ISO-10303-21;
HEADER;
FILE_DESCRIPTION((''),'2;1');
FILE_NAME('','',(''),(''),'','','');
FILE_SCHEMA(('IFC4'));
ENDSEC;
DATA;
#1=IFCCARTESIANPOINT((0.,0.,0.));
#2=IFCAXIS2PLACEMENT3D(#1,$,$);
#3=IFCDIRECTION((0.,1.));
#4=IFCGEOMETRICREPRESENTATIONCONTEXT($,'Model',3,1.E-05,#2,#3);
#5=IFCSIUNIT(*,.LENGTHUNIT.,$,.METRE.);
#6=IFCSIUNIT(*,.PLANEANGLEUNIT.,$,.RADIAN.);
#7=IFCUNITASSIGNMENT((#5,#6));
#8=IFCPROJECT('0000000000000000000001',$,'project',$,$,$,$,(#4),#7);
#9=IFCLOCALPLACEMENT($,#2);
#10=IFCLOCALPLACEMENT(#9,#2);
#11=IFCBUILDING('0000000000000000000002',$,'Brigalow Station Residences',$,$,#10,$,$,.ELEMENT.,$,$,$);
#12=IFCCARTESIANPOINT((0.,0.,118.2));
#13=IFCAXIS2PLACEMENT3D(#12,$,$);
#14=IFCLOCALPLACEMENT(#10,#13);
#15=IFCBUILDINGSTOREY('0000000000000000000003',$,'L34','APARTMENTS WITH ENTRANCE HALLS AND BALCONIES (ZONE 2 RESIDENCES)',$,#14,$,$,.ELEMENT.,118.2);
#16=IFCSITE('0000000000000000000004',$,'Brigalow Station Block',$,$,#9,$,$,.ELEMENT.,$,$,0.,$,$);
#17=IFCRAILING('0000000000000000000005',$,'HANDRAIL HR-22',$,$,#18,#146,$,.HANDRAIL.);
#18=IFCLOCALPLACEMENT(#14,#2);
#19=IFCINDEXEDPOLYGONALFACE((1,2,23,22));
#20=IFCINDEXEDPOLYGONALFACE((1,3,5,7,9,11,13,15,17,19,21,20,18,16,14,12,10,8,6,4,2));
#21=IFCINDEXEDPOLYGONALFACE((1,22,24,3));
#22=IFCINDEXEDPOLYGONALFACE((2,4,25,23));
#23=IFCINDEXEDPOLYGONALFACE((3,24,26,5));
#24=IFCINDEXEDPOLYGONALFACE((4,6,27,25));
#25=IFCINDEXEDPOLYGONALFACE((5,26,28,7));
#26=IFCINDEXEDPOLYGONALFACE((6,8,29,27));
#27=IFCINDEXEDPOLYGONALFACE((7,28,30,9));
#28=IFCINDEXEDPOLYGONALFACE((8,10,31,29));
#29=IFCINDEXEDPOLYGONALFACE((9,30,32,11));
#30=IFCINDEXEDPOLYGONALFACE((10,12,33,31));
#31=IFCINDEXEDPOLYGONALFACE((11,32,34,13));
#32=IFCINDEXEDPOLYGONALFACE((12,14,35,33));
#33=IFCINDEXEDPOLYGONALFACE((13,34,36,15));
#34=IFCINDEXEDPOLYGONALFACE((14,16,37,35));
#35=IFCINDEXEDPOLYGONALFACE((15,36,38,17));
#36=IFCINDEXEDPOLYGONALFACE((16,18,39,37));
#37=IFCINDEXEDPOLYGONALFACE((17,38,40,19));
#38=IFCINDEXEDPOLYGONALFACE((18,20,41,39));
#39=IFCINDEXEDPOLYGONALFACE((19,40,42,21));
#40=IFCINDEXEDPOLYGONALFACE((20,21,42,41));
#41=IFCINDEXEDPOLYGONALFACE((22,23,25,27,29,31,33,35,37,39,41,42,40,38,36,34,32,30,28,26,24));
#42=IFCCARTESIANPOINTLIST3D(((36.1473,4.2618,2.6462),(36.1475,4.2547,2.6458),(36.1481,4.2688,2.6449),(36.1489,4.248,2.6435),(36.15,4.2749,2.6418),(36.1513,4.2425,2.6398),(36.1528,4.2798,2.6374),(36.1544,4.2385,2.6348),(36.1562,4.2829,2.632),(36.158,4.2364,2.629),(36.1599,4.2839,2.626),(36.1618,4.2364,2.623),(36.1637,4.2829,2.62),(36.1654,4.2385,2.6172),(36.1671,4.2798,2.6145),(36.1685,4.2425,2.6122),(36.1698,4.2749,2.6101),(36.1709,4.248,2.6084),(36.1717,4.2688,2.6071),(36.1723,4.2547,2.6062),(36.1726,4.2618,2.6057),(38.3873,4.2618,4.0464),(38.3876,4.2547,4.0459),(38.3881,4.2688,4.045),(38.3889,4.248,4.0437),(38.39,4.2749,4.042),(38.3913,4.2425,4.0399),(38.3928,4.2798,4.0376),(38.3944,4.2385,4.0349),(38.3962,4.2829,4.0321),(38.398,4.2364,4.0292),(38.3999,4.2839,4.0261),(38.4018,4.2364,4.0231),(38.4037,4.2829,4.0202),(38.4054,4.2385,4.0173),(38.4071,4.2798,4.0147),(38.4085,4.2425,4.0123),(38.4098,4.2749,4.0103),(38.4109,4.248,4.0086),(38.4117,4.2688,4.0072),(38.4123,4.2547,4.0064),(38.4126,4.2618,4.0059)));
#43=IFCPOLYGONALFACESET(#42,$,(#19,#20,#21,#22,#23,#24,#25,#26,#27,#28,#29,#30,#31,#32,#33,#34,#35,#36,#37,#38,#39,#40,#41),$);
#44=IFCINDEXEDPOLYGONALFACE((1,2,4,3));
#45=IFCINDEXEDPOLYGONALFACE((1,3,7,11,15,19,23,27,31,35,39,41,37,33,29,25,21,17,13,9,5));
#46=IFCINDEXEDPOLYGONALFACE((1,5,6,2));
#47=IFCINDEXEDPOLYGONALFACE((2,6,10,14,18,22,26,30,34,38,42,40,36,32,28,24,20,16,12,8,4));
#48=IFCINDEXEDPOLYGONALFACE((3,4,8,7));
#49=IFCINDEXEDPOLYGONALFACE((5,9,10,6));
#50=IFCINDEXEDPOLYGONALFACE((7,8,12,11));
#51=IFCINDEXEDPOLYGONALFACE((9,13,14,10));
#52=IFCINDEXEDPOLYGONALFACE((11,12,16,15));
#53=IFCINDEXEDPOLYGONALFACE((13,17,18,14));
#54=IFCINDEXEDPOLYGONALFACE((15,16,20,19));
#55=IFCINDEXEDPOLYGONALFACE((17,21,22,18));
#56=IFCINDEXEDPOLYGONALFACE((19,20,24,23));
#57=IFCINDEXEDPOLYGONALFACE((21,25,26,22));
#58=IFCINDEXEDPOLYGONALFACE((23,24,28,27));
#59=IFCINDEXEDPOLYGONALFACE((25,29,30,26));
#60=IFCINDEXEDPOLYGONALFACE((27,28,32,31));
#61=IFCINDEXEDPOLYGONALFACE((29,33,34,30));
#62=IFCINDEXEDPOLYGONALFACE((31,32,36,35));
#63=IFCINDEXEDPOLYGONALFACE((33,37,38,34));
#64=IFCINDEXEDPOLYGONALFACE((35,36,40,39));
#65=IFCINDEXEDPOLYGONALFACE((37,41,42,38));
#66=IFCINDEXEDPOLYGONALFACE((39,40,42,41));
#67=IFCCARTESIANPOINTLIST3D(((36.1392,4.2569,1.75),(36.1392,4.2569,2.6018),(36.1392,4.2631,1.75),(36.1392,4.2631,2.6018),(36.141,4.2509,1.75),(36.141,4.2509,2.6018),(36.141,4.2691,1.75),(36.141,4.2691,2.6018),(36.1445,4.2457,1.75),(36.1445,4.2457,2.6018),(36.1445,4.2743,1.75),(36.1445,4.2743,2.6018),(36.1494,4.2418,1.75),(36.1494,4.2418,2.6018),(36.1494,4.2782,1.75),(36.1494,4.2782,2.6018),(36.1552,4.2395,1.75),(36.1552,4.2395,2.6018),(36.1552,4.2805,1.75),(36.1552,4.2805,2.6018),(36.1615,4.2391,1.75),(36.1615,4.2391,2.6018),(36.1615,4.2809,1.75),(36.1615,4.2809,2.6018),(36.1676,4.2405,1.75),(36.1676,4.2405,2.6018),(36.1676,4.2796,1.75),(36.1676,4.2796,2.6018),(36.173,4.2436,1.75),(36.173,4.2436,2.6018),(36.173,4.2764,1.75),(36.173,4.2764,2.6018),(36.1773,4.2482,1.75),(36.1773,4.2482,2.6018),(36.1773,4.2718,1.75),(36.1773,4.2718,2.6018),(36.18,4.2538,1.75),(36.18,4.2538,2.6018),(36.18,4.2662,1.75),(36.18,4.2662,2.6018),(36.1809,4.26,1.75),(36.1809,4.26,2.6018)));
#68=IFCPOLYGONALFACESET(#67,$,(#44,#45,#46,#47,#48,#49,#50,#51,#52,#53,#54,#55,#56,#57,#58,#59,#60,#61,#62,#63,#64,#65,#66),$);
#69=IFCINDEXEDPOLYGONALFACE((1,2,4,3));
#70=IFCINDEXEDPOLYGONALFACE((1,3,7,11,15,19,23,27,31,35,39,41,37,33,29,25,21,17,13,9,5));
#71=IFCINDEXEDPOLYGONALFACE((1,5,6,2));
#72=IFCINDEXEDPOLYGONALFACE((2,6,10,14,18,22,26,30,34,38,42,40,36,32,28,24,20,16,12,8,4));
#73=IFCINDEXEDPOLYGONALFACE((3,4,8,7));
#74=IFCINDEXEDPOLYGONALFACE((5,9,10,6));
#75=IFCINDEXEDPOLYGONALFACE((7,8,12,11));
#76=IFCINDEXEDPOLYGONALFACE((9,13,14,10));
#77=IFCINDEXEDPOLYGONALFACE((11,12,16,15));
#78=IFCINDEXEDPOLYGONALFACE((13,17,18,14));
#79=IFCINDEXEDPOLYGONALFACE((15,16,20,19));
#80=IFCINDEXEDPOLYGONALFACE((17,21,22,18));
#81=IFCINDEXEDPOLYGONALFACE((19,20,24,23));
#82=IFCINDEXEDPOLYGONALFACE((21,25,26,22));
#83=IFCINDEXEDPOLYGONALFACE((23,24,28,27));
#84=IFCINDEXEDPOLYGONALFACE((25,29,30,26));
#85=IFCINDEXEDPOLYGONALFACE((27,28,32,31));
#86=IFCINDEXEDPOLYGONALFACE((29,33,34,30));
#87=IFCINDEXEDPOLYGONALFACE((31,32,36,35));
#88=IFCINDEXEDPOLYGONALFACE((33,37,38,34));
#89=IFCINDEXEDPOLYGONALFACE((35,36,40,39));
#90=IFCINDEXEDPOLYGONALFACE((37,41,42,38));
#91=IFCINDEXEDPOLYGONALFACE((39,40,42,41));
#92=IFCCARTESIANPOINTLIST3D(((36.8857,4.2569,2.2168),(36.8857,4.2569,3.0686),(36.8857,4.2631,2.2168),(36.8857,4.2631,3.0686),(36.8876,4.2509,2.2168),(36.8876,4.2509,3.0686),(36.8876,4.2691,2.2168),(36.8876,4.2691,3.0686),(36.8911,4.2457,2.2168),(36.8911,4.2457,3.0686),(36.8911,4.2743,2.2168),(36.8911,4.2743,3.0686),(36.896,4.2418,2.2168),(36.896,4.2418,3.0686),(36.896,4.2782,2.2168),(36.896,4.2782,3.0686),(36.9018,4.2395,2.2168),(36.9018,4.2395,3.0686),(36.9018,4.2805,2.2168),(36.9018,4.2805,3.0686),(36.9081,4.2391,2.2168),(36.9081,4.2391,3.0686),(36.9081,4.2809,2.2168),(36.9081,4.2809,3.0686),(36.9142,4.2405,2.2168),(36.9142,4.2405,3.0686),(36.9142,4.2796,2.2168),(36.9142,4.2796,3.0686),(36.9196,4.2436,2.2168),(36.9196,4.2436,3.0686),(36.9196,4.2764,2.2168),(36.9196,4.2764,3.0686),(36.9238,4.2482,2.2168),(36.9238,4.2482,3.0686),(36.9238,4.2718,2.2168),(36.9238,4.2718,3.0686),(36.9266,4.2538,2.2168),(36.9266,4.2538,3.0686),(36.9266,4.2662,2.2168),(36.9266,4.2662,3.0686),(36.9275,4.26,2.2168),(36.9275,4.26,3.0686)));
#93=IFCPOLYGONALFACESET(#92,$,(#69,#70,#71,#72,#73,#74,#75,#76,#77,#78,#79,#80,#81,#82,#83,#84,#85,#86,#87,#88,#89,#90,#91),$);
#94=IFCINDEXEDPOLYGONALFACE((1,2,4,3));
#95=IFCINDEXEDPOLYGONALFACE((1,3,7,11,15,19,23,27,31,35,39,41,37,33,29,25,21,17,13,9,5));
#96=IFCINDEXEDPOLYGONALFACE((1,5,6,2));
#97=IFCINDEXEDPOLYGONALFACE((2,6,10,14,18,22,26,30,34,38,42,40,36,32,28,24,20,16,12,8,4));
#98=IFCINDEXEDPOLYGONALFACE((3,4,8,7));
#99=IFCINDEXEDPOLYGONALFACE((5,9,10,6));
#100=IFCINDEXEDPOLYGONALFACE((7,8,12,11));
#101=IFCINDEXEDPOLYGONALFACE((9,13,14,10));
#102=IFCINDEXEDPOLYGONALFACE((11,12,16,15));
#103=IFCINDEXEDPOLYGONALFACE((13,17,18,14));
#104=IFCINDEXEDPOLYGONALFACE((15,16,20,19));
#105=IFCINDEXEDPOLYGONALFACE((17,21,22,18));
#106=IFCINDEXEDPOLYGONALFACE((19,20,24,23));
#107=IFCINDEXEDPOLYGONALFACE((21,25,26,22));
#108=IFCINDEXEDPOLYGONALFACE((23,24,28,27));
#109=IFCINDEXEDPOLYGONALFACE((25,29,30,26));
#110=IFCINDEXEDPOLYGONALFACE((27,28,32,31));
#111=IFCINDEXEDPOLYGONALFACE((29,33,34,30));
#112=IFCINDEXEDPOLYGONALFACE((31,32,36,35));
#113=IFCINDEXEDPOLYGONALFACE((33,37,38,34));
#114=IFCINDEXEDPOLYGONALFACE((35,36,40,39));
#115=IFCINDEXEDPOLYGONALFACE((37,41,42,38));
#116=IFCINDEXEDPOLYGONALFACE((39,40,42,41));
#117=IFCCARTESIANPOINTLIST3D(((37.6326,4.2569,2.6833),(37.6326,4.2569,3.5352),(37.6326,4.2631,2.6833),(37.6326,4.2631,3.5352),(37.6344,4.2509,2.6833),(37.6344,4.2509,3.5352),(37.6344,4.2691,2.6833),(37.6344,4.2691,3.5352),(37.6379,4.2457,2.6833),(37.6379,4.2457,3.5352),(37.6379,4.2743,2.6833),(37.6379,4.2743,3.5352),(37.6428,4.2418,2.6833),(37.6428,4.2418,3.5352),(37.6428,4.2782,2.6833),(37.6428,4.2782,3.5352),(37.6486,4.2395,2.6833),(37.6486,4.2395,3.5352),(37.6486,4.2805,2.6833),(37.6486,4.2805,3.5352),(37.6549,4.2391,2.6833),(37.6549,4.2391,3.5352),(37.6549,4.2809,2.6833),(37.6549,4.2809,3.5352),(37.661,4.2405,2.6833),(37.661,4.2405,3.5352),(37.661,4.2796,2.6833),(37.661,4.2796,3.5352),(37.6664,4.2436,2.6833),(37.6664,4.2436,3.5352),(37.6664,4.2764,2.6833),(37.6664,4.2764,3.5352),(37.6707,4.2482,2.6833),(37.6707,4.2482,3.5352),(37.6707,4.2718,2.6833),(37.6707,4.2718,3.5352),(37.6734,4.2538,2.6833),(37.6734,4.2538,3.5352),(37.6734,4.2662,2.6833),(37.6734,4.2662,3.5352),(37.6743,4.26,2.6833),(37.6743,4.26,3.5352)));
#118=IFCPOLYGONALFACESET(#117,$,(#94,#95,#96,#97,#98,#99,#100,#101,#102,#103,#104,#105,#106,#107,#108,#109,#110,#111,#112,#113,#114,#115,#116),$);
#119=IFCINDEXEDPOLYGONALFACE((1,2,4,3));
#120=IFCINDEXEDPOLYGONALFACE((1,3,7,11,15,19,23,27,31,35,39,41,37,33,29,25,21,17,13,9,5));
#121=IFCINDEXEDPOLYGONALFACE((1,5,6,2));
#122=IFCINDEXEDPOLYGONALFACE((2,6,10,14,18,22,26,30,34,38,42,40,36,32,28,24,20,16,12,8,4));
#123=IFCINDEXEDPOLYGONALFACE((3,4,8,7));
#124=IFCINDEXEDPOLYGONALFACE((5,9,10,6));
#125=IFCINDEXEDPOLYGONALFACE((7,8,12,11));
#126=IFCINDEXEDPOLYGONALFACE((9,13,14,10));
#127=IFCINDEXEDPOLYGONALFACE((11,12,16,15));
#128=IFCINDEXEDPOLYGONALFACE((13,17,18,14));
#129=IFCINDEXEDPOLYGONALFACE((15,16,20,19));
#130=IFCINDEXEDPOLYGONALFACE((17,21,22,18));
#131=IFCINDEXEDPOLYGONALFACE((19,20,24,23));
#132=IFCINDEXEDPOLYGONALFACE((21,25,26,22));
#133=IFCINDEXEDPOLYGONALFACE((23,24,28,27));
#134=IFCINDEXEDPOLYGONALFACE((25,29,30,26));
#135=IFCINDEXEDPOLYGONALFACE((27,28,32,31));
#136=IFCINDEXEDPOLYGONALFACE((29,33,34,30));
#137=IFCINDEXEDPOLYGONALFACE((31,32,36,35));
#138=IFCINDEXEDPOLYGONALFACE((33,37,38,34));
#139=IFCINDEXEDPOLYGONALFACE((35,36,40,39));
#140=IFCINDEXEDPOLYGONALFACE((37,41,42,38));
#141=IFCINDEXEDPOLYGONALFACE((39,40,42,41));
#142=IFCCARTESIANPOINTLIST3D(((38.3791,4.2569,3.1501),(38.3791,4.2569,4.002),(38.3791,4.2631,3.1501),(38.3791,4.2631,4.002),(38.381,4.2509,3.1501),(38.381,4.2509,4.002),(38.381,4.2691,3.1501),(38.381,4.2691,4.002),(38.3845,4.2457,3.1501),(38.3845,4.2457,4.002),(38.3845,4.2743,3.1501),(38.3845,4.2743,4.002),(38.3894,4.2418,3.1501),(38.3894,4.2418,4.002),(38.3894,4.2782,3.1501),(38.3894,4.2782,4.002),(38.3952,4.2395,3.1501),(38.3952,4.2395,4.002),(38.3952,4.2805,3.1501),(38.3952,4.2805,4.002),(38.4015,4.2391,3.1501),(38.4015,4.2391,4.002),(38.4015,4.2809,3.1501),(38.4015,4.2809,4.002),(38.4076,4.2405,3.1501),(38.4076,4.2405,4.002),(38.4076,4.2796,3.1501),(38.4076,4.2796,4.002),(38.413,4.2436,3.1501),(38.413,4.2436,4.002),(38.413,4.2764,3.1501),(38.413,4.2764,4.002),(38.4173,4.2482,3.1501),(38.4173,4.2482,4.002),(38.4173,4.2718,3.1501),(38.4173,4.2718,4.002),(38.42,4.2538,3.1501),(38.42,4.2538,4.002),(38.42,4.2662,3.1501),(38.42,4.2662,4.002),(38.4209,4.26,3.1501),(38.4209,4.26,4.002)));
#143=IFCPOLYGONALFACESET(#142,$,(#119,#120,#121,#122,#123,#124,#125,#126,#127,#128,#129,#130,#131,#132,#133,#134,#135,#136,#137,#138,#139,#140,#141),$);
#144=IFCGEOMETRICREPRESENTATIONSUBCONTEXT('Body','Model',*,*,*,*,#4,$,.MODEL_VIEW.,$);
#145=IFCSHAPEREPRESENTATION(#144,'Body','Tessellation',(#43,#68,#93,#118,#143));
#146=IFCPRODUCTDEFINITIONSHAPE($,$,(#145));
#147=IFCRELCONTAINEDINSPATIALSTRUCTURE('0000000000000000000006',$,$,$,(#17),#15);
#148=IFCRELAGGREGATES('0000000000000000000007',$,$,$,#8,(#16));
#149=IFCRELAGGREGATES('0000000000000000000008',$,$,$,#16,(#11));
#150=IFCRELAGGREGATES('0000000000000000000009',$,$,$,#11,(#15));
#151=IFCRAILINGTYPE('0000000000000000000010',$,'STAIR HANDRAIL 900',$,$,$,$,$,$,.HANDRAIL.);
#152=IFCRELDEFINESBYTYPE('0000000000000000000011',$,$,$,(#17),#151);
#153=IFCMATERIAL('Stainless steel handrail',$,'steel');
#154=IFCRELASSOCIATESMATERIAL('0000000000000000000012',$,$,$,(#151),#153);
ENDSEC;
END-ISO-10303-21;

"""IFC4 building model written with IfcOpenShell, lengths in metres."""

from ifc_helpers import new_model, si_unit, direction, frame, origin, origin_2d, place, context, subcontext, project, spatial, circle, extrude, material, type_object, element, save


model = new_model("IFC4")

# Units and contexts
model_context = context("Model", 3, precision=1e-05, world=origin(), true_north=direction((0.0, 1.0)))
body_context = subcontext(model_context, "Body", "Model", "MODEL_VIEW")
ifc_project = project(units=[si_unit("LENGTHUNIT", "METRE"), si_unit("PLANEANGLEUNIT", "RADIAN")], contexts=[model_context])

# Site, building, storey
site_placement = place(None, origin())
site = spatial("IfcSite", under=ifc_project, at=site_placement, Name="Brigalow Station Block", CompositionType="ELEMENT", RefElevation=0.0)
building_placement = place(site_placement, origin())
building = spatial("IfcBuilding", under=site, at=building_placement, Name="Brigalow Station Residences", CompositionType="ELEMENT")
storey_placement = place(building_placement, frame((0.0, 0.0, 118.2)))
storey = spatial("IfcBuildingStorey", under=building, at=storey_placement, Name="L34", Description="APARTMENTS WITH ENTRANCE HALLS AND BALCONIES (ZONE 2 RESIDENCES)", CompositionType="ELEMENT", Elevation=118.2)

# Railing
ifc_material_1 = material(Name="Stainless steel handrail", Category="steel")
railing_type = type_object("IfcRailingType", Name="STAIR HANDRAIL 900", PredefinedType="HANDRAIL", material=ifc_material_1)
railing_placement = place(storey_placement, frame((36.1599, 4.26, 1.75)))
element("IfcRailing", 1, at=railing_placement, inside=storey, type_object=railing_type, Name="HANDRAIL HR-22", PredefinedType="HANDRAIL", context=body_context, shape_type="SweptSolid", body=[
    extrude(circle(Radius=0.0239, at=origin_2d()), frame((0.0, 0.0, 0.876), z_axis=(0.847972, 0.0, 0.53004), x_axis=(0.0, 1.0, 0.0)), (0.0, 0.0, 1.0), 2.6416),
    extrude(circle(Radius=0.021, at=origin_2d()), origin(), (0.0, 0.0, 1.0), 0.8518),
    extrude(circle(Radius=0.021, at=origin_2d()), frame((0.7466, 0.0, 0.4668)), (0.0, 0.0, 1.0), 0.8518),
    extrude(circle(Radius=0.021, at=origin_2d()), frame((1.4934, 0.0, 0.9333)), (0.0, 0.0, 1.0), 0.8518),
    extrude(circle(Radius=0.021, at=origin_2d()), frame((2.24, 0.0, 1.4001)), (0.0, 0.0, 1.0), 0.8518),
])

save(model, "model.ifc")
